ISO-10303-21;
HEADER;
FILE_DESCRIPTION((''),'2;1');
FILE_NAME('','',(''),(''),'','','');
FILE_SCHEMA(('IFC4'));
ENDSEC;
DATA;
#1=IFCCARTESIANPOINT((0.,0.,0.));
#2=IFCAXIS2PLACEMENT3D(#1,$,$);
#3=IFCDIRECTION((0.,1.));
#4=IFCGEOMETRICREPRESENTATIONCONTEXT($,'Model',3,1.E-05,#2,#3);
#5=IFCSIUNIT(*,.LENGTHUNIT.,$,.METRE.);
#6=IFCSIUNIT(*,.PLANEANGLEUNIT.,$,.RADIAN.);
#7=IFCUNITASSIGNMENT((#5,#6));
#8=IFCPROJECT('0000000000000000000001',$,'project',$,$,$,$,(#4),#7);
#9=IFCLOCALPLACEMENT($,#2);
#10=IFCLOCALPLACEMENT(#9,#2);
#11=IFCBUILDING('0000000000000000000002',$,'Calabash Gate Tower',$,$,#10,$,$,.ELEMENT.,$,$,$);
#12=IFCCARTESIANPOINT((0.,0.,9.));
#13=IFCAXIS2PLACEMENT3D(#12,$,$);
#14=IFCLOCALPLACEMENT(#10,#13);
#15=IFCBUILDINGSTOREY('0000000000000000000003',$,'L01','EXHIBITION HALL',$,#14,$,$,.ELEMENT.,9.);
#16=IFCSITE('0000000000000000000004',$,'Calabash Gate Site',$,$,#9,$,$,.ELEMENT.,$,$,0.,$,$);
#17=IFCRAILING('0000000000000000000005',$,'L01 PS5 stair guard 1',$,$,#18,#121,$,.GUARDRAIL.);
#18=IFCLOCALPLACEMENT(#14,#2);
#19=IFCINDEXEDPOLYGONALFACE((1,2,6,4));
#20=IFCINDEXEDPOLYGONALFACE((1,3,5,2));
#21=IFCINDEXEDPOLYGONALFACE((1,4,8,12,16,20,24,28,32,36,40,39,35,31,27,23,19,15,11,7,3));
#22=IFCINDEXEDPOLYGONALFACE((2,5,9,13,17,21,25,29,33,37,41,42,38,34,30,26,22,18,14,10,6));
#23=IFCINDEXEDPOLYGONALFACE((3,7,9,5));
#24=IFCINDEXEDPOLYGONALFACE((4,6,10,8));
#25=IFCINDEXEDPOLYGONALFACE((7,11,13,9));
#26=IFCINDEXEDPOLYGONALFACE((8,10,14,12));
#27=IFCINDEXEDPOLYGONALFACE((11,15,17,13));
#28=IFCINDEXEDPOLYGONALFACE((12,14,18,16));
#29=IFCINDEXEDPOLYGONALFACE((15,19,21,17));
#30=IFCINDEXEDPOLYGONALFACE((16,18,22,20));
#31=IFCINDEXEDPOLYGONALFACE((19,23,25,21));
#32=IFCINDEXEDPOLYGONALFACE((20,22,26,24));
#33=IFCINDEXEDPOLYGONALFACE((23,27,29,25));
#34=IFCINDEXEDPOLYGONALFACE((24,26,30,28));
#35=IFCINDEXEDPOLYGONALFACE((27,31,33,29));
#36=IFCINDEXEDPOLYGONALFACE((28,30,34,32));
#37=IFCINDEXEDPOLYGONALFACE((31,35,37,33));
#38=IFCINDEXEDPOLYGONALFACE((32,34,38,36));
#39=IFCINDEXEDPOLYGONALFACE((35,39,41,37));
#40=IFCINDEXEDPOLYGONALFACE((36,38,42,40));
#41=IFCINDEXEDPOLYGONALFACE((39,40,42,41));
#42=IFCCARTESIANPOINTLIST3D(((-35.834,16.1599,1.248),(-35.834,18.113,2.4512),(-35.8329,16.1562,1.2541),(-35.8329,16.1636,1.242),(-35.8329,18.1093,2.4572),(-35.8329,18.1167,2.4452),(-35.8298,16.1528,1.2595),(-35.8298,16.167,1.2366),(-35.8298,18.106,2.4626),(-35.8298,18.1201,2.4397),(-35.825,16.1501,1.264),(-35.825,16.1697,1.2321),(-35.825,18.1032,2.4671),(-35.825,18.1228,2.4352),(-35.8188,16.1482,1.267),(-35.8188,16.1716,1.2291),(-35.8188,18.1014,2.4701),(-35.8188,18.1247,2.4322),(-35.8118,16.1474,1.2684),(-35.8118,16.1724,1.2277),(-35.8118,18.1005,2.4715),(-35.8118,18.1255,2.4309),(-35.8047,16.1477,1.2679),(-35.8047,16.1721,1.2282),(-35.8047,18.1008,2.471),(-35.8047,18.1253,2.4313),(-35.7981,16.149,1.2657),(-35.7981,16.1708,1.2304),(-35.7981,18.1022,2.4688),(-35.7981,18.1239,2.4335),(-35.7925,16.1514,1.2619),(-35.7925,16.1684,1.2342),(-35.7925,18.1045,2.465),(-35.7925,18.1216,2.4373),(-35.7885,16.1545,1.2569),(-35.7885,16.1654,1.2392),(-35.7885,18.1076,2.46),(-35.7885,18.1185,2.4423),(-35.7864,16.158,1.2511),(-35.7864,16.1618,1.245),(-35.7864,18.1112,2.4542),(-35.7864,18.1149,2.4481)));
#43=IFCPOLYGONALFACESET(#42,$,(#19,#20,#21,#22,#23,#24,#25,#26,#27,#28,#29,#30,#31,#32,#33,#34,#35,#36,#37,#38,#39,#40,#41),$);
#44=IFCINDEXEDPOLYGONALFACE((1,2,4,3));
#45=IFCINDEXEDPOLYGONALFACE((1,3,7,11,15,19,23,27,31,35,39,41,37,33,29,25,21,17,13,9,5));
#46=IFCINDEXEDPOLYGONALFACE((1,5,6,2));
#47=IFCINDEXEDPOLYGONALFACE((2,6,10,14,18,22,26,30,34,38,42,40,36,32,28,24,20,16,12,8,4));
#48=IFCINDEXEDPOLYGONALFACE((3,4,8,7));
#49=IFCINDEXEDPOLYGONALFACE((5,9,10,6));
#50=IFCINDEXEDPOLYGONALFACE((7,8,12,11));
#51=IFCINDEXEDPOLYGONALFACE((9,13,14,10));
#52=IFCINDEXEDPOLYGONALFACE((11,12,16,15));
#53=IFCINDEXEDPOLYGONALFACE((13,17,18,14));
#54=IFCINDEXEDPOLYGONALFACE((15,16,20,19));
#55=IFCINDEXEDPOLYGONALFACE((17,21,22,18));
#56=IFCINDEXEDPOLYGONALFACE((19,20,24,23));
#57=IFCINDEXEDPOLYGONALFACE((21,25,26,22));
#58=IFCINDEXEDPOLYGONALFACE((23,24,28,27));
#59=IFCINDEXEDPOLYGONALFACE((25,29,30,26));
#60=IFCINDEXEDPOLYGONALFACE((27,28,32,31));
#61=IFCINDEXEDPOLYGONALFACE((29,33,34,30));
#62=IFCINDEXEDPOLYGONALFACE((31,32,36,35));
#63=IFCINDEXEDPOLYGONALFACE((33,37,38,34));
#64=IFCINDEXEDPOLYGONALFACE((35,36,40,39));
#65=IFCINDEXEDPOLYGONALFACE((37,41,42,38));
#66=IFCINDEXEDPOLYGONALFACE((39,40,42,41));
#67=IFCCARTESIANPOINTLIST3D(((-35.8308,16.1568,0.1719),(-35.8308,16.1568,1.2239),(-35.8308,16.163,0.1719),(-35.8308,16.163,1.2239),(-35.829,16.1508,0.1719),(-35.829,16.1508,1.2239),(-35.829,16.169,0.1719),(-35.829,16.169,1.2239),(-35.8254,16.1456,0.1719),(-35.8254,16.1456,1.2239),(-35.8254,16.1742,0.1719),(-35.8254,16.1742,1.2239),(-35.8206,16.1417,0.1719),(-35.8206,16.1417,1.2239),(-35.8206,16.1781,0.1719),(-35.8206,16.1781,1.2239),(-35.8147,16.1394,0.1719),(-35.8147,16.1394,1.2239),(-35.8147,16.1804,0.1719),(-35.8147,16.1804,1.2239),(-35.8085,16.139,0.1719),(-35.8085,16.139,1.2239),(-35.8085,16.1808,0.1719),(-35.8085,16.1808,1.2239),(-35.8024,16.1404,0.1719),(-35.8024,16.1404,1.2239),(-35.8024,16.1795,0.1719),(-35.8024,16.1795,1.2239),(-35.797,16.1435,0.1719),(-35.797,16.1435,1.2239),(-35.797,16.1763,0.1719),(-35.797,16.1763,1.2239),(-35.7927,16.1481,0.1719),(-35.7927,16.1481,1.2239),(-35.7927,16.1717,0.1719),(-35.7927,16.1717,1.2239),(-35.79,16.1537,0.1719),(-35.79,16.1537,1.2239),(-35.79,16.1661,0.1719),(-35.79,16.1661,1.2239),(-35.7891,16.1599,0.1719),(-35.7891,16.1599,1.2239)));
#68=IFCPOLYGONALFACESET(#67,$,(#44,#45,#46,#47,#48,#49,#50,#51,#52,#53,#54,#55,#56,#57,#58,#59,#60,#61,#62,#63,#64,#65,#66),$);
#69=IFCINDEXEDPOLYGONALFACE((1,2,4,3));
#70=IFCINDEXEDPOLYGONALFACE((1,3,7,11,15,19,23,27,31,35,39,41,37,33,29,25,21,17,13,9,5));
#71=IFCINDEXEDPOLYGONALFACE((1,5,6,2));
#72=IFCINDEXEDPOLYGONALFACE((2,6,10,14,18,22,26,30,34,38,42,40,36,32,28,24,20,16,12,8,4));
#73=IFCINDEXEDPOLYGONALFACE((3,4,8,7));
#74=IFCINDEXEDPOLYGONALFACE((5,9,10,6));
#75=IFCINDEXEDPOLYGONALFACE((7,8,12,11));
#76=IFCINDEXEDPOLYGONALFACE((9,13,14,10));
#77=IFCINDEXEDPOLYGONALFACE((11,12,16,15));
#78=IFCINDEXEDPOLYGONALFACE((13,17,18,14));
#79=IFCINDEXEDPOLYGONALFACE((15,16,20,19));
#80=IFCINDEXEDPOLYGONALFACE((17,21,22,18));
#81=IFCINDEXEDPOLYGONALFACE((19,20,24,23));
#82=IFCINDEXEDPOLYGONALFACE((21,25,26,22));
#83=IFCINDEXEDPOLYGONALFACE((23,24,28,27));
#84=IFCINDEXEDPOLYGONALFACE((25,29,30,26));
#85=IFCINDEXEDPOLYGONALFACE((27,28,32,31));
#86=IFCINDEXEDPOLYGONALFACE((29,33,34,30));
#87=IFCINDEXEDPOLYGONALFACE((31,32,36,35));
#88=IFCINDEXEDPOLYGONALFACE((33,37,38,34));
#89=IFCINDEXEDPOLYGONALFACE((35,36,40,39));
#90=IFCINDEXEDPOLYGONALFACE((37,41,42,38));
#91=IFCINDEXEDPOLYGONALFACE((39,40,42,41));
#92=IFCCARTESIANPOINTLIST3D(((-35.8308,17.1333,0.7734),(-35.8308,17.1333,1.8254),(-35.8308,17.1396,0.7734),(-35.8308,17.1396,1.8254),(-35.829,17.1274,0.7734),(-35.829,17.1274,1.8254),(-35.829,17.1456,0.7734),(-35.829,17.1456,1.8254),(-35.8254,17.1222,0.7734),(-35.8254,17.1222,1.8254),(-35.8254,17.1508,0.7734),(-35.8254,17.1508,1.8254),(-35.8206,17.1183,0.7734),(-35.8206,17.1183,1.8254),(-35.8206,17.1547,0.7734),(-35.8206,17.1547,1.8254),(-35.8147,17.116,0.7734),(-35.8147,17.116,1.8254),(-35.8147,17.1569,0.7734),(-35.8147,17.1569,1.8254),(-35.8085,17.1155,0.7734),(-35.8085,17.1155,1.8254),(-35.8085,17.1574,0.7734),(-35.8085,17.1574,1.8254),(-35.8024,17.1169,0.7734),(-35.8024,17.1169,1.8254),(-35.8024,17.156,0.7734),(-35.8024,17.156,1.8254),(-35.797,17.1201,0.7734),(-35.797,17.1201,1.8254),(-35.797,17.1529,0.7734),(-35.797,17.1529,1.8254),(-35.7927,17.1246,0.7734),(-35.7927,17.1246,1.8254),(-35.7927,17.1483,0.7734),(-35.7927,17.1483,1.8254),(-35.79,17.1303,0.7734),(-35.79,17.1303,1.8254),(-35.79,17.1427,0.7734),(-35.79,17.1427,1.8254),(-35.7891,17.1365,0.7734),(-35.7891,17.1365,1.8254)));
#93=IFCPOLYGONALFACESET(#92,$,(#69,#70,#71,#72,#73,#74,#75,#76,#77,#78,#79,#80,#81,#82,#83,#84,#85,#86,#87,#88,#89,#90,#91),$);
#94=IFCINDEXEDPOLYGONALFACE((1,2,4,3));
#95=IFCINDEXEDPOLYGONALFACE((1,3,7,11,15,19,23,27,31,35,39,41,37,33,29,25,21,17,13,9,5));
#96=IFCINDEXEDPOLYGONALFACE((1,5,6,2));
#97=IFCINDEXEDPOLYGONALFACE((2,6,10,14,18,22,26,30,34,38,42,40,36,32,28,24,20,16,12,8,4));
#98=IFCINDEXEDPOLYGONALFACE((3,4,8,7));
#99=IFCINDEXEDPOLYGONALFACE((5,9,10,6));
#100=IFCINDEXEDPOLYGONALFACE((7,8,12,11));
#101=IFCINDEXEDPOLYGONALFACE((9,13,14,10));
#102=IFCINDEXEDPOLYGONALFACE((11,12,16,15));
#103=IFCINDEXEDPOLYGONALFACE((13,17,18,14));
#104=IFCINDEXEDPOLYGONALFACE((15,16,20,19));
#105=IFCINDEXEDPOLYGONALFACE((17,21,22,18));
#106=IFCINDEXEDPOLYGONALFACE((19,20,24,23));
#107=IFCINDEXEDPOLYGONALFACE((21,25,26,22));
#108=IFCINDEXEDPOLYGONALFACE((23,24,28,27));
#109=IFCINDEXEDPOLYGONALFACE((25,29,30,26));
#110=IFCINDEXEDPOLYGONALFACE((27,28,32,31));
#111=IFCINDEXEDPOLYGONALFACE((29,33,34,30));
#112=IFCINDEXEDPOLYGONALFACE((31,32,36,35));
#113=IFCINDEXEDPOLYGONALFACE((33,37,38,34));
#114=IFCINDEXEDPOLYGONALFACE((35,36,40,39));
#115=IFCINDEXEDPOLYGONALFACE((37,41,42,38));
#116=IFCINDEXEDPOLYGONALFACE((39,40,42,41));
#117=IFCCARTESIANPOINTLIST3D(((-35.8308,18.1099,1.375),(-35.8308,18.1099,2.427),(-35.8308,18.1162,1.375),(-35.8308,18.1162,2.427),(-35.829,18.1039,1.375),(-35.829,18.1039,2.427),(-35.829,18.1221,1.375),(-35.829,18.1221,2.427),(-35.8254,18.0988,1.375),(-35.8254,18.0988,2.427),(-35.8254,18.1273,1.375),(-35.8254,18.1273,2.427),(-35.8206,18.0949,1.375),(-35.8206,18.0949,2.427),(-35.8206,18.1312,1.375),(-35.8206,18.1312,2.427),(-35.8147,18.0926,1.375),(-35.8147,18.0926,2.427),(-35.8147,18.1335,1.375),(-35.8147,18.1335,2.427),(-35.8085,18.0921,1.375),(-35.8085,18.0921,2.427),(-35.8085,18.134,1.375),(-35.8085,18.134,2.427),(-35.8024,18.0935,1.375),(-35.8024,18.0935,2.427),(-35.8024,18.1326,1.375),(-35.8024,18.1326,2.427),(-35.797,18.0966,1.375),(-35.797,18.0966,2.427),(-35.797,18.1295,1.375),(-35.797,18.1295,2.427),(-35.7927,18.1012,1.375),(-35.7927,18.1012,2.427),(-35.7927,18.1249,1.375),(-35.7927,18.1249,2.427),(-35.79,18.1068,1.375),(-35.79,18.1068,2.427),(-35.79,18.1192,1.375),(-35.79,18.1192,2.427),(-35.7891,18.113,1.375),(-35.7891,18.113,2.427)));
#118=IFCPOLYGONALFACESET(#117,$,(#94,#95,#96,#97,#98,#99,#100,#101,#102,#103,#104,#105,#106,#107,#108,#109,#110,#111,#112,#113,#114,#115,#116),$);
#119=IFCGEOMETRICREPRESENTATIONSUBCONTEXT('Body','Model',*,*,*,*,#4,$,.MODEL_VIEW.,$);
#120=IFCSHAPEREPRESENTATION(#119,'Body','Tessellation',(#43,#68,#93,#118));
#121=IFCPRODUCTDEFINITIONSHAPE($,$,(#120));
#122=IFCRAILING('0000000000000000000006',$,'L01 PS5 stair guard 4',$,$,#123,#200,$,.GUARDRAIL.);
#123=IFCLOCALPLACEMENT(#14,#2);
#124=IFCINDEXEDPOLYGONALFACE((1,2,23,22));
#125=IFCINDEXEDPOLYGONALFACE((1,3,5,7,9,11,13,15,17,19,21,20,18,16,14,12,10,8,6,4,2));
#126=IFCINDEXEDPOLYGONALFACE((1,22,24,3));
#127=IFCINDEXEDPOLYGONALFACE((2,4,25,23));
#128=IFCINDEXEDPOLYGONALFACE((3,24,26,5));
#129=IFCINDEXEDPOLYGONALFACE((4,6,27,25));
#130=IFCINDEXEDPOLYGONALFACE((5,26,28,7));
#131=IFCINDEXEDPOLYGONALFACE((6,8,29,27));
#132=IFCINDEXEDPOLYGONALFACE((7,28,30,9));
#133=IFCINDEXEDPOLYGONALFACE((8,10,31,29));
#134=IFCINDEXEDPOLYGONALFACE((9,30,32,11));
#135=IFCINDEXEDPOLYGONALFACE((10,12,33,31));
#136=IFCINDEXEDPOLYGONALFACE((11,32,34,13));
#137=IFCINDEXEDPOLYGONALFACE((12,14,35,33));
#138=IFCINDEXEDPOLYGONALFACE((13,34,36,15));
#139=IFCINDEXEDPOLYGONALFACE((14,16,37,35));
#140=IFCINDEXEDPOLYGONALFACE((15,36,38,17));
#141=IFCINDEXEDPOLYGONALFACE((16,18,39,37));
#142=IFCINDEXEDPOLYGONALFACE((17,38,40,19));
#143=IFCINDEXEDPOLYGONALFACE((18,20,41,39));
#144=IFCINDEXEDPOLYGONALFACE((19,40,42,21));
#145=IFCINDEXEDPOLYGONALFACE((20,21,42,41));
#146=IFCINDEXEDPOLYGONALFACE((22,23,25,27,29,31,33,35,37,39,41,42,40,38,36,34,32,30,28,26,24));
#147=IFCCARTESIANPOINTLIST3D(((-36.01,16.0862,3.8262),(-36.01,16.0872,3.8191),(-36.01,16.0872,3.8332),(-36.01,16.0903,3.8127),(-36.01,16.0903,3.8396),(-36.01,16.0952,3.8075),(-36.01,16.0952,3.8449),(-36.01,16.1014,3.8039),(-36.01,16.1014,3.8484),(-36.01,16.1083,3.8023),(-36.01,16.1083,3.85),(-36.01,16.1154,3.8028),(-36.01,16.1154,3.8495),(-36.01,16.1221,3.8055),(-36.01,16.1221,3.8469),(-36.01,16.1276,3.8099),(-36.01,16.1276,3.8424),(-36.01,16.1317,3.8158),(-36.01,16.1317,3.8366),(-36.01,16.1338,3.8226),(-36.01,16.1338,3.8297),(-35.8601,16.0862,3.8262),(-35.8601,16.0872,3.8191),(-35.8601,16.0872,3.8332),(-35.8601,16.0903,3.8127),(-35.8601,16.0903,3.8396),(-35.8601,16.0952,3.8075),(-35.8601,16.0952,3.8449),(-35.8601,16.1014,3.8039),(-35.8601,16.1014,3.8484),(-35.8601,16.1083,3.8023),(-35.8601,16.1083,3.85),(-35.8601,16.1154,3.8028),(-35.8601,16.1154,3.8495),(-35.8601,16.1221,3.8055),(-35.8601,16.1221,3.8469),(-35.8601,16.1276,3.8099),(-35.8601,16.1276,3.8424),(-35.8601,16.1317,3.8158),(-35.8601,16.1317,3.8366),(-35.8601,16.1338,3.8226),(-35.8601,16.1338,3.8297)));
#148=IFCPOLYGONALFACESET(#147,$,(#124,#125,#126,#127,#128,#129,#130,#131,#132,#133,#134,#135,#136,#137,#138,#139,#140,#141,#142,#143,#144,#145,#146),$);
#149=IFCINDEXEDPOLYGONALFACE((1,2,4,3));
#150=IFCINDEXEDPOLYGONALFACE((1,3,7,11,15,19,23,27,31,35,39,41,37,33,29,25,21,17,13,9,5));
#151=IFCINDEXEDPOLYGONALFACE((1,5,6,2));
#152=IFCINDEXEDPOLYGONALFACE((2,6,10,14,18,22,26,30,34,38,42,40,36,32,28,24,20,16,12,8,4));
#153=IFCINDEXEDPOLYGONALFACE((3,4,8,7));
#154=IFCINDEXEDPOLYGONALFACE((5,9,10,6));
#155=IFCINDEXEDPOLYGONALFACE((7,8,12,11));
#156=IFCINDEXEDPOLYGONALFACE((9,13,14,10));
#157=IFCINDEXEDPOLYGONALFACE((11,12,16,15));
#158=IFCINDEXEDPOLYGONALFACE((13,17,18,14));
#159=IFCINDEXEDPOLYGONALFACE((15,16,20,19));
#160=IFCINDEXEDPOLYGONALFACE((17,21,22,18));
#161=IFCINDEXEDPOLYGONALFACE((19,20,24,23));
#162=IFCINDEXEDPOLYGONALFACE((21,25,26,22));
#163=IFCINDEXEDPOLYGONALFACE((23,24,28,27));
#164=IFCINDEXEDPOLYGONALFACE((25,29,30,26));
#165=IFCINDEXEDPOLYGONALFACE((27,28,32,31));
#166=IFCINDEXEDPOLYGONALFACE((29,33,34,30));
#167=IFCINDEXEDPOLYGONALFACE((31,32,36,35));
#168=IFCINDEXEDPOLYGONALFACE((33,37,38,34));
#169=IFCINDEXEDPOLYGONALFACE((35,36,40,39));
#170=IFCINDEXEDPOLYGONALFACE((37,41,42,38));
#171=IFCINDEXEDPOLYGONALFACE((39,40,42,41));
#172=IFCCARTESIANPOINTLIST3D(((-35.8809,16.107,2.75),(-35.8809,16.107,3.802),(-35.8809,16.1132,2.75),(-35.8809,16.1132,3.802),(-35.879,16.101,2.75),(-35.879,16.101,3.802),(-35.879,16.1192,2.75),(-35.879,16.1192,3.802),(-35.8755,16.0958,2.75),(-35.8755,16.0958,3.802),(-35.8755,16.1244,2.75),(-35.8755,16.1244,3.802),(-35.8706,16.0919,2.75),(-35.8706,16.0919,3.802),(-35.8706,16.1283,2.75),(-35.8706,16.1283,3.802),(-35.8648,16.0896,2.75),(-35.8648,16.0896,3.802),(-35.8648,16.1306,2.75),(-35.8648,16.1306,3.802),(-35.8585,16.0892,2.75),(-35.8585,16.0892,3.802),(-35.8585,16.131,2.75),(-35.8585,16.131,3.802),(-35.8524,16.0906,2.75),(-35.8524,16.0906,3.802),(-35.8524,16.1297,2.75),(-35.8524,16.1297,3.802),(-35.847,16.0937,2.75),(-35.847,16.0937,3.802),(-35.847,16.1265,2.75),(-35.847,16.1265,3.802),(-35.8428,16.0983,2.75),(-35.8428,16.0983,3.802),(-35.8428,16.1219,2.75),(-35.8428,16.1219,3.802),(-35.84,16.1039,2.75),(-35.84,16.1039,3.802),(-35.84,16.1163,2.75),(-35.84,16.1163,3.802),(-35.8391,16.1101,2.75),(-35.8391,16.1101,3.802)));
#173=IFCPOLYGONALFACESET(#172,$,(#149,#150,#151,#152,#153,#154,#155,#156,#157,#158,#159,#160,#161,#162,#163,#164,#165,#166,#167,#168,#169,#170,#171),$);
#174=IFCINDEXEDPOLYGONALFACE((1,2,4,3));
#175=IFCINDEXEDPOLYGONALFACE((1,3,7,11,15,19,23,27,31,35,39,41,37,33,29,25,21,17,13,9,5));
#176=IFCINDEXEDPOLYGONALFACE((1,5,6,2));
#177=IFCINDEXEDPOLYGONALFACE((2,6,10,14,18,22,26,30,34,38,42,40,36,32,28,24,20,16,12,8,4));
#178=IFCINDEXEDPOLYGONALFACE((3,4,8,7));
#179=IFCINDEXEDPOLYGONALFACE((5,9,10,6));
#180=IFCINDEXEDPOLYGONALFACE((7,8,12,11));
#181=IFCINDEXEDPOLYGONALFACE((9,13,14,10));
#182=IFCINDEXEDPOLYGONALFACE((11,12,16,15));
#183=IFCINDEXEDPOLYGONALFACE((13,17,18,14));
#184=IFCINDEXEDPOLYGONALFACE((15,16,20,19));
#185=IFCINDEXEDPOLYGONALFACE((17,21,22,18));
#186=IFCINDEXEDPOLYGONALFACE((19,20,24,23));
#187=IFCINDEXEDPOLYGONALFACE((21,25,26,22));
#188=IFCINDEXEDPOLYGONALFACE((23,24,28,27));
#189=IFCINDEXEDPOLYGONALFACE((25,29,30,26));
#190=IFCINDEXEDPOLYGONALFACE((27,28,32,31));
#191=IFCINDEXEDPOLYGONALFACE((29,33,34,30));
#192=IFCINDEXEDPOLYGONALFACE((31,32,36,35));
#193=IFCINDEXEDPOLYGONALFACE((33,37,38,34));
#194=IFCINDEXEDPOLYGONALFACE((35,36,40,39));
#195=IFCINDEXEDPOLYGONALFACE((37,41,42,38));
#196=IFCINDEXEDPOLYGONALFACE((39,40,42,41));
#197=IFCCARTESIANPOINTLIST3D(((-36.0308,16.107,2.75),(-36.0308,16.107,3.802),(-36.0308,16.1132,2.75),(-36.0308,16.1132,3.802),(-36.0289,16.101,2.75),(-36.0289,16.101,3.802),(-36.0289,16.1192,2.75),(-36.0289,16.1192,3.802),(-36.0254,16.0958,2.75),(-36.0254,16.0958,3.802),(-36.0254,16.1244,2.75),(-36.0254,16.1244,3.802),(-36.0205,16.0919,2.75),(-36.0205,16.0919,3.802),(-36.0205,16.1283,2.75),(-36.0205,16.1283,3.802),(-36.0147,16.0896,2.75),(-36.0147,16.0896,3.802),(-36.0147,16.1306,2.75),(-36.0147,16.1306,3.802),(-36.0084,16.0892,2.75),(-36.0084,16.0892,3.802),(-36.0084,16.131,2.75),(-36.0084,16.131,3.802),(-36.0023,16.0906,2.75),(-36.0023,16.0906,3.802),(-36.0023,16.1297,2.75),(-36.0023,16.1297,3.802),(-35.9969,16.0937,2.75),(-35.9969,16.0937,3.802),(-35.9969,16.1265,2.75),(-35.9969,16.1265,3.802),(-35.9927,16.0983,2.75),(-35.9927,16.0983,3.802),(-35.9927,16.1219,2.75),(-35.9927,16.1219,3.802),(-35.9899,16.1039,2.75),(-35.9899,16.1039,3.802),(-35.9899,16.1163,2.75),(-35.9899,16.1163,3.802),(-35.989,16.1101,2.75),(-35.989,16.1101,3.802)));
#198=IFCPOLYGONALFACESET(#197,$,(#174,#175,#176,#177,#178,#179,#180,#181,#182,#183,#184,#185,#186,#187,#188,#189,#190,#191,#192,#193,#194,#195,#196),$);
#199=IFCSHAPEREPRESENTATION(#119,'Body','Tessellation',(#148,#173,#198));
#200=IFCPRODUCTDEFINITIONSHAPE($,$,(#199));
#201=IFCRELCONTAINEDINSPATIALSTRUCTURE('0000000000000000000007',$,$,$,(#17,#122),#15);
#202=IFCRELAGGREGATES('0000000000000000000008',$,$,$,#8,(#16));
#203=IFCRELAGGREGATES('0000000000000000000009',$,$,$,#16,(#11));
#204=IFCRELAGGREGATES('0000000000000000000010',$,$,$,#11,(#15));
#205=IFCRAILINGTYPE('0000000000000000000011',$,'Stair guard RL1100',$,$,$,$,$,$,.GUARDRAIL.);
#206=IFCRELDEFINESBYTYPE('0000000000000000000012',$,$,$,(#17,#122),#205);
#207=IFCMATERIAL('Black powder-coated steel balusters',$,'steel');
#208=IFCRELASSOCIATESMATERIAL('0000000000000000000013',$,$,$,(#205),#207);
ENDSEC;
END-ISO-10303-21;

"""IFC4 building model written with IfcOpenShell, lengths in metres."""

from ifc_helpers import new_model, si_unit, direction, frame, origin, origin_2d, place, context, subcontext, project, spatial, circle, extrude, material, type_object, element, save


model = new_model("IFC4")

# Units and contexts
model_context = context("Model", 3, precision=1e-05, world=origin(), true_north=direction((0.0, 1.0)))
body_context = subcontext(model_context, "Body", "Model", "MODEL_VIEW")
ifc_project = project(units=[si_unit("LENGTHUNIT", "METRE"), si_unit("PLANEANGLEUNIT", "RADIAN")], contexts=[model_context])

# Site, building, storey
site_placement = place(None, origin())
site = spatial("IfcSite", under=ifc_project, at=site_placement, Name="Calabash Gate Site", CompositionType="ELEMENT", RefElevation=0.0)
building_placement = place(site_placement, origin())
building = spatial("IfcBuilding", under=site, at=building_placement, Name="Calabash Gate Tower", CompositionType="ELEMENT")
storey_placement = place(building_placement, frame((0.0, 0.0, 9.0)))
storey = spatial("IfcBuildingStorey", under=building, at=storey_placement, Name="L01", Description="EXHIBITION HALL", CompositionType="ELEMENT", Elevation=9.0)

# Railings
ifc_material_1 = material(Name="Black powder-coated steel balusters", Category="steel")
railing_type_1 = type_object("IfcRailingType", Name="Stair guard RL1100", PredefinedType="GUARDRAIL", material=ifc_material_1)
railing_1_placement = place(storey_placement, frame((-35.8101, 16.1599, 0.1719)))
element("IfcRailing", 1, at=railing_1_placement, inside=storey, type_object=railing_type_1, Name="L01 PS5 stair guard 1", PredefinedType="GUARDRAIL", context=body_context, shape_type="SweptSolid", body=[
    extrude(circle(Radius=0.0239, at=origin_2d()), frame((0.0, 0.0, 1.0762), z_axis=(0.0, 0.851424, 0.524477), x_axis=(-1.0, 0.0, 0.0)), (0.0, 0.0, 1.0), 2.2939),
    extrude(circle(Radius=0.021, at=origin_2d()), origin(), (0.0, 0.0, 1.0), 1.052),
    extrude(circle(Radius=0.021, at=origin_2d()), frame((0.0, 0.9766, 0.6016)), (0.0, 0.0, 1.0), 1.052),
    extrude(circle(Radius=0.021, at=origin_2d()), frame((0.0, 1.9531, 1.2031)), (0.0, 0.0, 1.0), 1.052),
])
railing_2_placement = place(storey_placement, frame((-35.8601, 16.1101, 2.75)))
element("IfcRailing", 2, at=railing_2_placement, inside=storey, type_object=railing_type_1, Name="L01 PS5 stair guard 4", PredefinedType="GUARDRAIL", context=body_context, shape_type="SweptSolid", body=[
    extrude(circle(Radius=0.0239, at=origin_2d()), frame((0.0, 0.0, 1.0762), z_axis=(-1.0, 0.0, 0.0), x_axis=(0.0, -1.0, 0.0)), (0.0, 0.0, 1.0), 0.1499),
    extrude(circle(Radius=0.021, at=origin_2d()), origin(), (0.0, 0.0, 1.0), 1.052),
    extrude(circle(Radius=0.021, at=origin_2d()), frame((-0.1499, 0.0, 0.0)), (0.0, 0.0, 1.0), 1.052),
])

save(model, "model.ifc")
